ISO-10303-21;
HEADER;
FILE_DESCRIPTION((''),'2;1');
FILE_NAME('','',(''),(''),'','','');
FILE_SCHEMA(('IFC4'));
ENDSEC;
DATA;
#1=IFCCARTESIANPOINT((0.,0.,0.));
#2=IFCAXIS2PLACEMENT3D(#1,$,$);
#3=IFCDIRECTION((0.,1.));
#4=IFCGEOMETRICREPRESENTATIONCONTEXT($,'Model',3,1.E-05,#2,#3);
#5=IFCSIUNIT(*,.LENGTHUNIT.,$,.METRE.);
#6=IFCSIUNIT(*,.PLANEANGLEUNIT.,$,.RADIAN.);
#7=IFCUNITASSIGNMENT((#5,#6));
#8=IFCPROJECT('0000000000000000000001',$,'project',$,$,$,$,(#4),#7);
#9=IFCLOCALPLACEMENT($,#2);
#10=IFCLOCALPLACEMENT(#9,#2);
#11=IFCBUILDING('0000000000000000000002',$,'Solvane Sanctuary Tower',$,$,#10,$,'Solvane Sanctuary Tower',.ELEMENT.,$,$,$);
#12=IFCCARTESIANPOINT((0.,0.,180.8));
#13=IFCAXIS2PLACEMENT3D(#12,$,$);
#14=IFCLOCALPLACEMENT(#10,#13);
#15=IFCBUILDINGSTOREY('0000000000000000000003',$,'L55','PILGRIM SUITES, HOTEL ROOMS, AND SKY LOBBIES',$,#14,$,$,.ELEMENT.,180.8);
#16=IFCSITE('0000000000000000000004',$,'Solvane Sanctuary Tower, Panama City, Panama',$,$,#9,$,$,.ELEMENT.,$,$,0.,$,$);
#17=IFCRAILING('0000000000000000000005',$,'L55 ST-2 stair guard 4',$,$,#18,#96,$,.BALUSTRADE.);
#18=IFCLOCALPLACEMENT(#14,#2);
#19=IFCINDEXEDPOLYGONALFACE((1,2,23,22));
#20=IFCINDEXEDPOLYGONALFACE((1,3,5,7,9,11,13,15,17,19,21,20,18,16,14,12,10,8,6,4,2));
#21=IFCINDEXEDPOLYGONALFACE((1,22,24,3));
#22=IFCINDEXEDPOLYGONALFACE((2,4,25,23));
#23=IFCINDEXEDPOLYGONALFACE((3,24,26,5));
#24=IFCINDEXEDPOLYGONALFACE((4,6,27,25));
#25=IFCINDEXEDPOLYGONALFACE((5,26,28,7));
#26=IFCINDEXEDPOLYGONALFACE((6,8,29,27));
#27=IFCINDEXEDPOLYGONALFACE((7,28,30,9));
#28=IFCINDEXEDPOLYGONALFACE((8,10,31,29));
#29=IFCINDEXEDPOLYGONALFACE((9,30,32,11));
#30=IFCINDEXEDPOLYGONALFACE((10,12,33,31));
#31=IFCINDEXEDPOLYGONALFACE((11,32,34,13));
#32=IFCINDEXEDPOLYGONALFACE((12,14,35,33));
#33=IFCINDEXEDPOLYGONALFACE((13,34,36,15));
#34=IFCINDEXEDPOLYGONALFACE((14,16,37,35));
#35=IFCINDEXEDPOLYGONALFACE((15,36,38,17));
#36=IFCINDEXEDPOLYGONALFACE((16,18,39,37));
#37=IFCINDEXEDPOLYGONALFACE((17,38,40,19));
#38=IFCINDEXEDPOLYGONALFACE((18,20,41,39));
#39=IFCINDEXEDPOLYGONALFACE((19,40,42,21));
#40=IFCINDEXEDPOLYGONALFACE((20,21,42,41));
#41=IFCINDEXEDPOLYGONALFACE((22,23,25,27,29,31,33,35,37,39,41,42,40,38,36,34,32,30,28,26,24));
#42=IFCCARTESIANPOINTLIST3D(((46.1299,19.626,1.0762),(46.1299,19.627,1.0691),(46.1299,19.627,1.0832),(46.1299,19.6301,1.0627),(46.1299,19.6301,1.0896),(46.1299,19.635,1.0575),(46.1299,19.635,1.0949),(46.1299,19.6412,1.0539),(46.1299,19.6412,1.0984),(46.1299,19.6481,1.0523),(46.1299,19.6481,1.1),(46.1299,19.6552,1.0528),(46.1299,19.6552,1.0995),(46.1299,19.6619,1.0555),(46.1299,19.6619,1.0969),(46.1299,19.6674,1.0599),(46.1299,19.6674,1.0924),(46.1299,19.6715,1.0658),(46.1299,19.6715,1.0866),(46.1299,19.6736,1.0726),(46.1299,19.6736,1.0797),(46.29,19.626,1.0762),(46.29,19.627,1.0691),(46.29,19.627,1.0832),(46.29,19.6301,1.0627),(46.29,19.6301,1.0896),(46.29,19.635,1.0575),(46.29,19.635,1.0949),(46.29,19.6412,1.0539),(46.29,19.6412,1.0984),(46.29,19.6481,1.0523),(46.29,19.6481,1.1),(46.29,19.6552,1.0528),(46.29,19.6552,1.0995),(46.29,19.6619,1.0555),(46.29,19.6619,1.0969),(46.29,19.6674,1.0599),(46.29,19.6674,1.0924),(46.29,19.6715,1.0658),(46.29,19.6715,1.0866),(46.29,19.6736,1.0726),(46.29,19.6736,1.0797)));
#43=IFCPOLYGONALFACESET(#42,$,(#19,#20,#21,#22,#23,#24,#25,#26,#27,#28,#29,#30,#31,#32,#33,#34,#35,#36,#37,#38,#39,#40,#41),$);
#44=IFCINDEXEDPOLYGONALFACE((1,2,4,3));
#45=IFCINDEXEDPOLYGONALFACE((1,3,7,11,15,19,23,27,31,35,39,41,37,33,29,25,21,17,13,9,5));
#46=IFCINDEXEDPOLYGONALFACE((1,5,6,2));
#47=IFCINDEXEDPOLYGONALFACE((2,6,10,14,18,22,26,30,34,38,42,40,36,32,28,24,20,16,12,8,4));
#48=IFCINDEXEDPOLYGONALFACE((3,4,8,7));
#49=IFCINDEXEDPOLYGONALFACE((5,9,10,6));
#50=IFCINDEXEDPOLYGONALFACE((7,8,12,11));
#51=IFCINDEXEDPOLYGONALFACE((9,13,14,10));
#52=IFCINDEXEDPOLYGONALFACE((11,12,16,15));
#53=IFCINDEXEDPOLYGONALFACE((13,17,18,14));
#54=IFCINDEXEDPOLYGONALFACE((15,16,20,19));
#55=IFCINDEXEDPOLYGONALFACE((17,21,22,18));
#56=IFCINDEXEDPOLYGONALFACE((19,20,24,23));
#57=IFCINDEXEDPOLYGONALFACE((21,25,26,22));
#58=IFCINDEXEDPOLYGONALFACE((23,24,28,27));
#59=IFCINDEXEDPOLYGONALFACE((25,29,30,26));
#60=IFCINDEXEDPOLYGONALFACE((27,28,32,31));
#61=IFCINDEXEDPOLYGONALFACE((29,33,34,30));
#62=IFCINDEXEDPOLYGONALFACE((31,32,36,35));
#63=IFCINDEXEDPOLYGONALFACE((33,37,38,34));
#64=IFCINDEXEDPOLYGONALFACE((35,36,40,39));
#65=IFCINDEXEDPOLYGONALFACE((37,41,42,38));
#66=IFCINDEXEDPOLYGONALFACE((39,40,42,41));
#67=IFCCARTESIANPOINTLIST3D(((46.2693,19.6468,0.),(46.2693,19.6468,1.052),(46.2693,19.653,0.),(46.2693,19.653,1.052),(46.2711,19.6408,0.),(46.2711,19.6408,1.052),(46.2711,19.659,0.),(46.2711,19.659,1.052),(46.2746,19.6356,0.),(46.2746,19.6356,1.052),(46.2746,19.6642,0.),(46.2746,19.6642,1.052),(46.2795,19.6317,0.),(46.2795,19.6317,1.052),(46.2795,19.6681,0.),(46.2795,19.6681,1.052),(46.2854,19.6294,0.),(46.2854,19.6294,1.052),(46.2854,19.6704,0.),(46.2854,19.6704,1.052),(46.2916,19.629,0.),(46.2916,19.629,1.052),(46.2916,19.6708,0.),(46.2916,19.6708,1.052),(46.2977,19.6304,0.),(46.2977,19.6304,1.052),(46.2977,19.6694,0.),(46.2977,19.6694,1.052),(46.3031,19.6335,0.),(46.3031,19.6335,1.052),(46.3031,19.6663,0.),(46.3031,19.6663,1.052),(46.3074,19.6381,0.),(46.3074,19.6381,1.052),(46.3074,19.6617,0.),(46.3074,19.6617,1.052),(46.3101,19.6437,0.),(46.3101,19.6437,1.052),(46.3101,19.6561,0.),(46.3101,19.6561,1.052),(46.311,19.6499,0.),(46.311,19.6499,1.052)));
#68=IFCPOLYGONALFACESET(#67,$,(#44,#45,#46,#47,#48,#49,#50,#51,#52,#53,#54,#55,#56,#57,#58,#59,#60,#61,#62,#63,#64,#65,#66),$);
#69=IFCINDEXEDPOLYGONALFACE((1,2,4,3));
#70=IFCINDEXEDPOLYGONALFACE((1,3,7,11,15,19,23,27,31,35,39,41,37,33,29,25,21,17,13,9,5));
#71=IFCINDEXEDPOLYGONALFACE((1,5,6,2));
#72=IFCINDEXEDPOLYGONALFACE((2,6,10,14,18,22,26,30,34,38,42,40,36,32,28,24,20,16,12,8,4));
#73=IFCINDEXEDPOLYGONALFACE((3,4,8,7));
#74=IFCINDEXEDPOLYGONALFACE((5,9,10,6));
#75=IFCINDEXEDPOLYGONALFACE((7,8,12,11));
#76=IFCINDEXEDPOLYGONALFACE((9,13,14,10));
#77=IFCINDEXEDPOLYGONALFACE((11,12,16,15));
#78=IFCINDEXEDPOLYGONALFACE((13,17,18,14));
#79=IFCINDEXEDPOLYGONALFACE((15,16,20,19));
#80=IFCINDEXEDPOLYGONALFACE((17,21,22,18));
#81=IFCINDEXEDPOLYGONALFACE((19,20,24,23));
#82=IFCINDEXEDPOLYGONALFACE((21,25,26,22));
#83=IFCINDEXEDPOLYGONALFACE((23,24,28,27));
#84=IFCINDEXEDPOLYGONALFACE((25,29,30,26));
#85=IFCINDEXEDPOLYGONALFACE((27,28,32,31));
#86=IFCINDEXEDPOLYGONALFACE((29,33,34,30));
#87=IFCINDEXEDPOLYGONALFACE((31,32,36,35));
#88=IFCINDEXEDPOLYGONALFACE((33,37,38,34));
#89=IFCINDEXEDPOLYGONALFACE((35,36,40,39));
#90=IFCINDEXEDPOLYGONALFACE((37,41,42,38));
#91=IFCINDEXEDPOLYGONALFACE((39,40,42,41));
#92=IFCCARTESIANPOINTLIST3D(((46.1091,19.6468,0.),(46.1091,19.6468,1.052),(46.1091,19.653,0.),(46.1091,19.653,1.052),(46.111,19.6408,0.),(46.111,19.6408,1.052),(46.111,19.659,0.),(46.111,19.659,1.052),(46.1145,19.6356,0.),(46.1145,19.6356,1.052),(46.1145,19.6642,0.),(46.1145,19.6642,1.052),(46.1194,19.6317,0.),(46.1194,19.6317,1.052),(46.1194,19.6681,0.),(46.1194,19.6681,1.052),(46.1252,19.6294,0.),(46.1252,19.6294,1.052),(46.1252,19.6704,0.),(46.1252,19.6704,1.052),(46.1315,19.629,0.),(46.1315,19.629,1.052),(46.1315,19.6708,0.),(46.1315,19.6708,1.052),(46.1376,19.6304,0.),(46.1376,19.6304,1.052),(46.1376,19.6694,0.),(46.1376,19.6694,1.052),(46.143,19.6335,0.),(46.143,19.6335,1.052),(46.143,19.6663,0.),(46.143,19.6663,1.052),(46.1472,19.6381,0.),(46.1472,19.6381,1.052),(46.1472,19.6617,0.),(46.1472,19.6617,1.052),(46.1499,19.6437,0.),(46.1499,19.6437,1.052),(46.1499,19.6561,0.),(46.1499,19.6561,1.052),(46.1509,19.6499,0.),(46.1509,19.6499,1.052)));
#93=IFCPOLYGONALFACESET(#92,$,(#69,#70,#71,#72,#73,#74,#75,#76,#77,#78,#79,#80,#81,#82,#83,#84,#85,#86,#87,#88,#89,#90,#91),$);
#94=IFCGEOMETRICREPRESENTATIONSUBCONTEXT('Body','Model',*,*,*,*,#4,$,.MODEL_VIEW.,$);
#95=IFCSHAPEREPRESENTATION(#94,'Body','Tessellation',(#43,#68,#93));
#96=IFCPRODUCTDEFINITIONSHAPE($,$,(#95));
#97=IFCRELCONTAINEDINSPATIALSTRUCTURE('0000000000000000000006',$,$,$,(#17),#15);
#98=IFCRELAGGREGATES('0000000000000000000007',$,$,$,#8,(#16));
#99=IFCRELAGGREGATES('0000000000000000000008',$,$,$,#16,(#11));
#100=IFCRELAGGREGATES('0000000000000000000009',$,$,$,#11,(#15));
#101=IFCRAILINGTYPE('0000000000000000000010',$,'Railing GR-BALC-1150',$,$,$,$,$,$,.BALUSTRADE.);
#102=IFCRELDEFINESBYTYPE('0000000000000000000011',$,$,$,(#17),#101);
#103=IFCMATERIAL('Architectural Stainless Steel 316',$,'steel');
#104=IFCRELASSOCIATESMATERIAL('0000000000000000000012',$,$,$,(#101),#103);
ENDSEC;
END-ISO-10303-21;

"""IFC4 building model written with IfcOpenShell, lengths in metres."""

from ifc_helpers import new_model, si_unit, direction, frame, origin, origin_2d, place, context, subcontext, project, spatial, circle, extrude, material, type_object, element, save


model = new_model("IFC4")

# Units and contexts
model_context = context("Model", 3, precision=1e-05, world=origin(), true_north=direction((0.0, 1.0)))
body_context = subcontext(model_context, "Body", "Model", "MODEL_VIEW")
ifc_project = project(units=[si_unit("LENGTHUNIT", "METRE"), si_unit("PLANEANGLEUNIT", "RADIAN")], contexts=[model_context])

# Site, building, storey
site_placement = place(None, origin())
site = spatial("IfcSite", under=ifc_project, at=site_placement, Name="Solvane Sanctuary Tower, Panama City, Panama", CompositionType="ELEMENT", RefElevation=0.0)
building_placement = place(site_placement, origin())
building = spatial("IfcBuilding", under=site, at=building_placement, Name="Solvane Sanctuary Tower", LongName="Solvane Sanctuary Tower", CompositionType="ELEMENT")
storey_placement = place(building_placement, frame((0.0, 0.0, 180.8)))
storey = spatial("IfcBuildingStorey", under=building, at=storey_placement, Name="L55", Description="PILGRIM SUITES, HOTEL ROOMS, AND SKY LOBBIES", CompositionType="ELEMENT", Elevation=180.8)

# Shared definitions
ifc_material_1 = material(Name="Architectural Stainless Steel 316", Category="steel")

# Railing
railing_type_1 = type_object("IfcRailingType", Name="Railing GR-BALC-1150", PredefinedType="BALUSTRADE", material=ifc_material_1)
railing_1_placement = place(storey_placement, frame((46.29, 19.6499, 0.0)))
element("IfcRailing", 1, at=railing_1_placement, inside=storey, type_object=railing_type_1, Name="L55 ST-2 stair guard 4", PredefinedType="BALUSTRADE", context=body_context, shape_type="SweptSolid", body=[
    extrude(circle(Radius=0.0239, at=origin_2d()), frame((0.0, 0.0, 1.0762), z_axis=(-1.0, 0.0, 0.0), x_axis=(0.0, -1.0, 0.0)), (0.0, 0.0, 1.0), 0.1602),
    extrude(circle(Radius=0.021, at=origin_2d()), origin(), (0.0, 0.0, 1.0), 1.052),
    extrude(circle(Radius=0.021, at=origin_2d()), frame((-0.1602, 0.0, 0.0)), (0.0, 0.0, 1.0), 1.052),
])

save(model, "model.ifc")
